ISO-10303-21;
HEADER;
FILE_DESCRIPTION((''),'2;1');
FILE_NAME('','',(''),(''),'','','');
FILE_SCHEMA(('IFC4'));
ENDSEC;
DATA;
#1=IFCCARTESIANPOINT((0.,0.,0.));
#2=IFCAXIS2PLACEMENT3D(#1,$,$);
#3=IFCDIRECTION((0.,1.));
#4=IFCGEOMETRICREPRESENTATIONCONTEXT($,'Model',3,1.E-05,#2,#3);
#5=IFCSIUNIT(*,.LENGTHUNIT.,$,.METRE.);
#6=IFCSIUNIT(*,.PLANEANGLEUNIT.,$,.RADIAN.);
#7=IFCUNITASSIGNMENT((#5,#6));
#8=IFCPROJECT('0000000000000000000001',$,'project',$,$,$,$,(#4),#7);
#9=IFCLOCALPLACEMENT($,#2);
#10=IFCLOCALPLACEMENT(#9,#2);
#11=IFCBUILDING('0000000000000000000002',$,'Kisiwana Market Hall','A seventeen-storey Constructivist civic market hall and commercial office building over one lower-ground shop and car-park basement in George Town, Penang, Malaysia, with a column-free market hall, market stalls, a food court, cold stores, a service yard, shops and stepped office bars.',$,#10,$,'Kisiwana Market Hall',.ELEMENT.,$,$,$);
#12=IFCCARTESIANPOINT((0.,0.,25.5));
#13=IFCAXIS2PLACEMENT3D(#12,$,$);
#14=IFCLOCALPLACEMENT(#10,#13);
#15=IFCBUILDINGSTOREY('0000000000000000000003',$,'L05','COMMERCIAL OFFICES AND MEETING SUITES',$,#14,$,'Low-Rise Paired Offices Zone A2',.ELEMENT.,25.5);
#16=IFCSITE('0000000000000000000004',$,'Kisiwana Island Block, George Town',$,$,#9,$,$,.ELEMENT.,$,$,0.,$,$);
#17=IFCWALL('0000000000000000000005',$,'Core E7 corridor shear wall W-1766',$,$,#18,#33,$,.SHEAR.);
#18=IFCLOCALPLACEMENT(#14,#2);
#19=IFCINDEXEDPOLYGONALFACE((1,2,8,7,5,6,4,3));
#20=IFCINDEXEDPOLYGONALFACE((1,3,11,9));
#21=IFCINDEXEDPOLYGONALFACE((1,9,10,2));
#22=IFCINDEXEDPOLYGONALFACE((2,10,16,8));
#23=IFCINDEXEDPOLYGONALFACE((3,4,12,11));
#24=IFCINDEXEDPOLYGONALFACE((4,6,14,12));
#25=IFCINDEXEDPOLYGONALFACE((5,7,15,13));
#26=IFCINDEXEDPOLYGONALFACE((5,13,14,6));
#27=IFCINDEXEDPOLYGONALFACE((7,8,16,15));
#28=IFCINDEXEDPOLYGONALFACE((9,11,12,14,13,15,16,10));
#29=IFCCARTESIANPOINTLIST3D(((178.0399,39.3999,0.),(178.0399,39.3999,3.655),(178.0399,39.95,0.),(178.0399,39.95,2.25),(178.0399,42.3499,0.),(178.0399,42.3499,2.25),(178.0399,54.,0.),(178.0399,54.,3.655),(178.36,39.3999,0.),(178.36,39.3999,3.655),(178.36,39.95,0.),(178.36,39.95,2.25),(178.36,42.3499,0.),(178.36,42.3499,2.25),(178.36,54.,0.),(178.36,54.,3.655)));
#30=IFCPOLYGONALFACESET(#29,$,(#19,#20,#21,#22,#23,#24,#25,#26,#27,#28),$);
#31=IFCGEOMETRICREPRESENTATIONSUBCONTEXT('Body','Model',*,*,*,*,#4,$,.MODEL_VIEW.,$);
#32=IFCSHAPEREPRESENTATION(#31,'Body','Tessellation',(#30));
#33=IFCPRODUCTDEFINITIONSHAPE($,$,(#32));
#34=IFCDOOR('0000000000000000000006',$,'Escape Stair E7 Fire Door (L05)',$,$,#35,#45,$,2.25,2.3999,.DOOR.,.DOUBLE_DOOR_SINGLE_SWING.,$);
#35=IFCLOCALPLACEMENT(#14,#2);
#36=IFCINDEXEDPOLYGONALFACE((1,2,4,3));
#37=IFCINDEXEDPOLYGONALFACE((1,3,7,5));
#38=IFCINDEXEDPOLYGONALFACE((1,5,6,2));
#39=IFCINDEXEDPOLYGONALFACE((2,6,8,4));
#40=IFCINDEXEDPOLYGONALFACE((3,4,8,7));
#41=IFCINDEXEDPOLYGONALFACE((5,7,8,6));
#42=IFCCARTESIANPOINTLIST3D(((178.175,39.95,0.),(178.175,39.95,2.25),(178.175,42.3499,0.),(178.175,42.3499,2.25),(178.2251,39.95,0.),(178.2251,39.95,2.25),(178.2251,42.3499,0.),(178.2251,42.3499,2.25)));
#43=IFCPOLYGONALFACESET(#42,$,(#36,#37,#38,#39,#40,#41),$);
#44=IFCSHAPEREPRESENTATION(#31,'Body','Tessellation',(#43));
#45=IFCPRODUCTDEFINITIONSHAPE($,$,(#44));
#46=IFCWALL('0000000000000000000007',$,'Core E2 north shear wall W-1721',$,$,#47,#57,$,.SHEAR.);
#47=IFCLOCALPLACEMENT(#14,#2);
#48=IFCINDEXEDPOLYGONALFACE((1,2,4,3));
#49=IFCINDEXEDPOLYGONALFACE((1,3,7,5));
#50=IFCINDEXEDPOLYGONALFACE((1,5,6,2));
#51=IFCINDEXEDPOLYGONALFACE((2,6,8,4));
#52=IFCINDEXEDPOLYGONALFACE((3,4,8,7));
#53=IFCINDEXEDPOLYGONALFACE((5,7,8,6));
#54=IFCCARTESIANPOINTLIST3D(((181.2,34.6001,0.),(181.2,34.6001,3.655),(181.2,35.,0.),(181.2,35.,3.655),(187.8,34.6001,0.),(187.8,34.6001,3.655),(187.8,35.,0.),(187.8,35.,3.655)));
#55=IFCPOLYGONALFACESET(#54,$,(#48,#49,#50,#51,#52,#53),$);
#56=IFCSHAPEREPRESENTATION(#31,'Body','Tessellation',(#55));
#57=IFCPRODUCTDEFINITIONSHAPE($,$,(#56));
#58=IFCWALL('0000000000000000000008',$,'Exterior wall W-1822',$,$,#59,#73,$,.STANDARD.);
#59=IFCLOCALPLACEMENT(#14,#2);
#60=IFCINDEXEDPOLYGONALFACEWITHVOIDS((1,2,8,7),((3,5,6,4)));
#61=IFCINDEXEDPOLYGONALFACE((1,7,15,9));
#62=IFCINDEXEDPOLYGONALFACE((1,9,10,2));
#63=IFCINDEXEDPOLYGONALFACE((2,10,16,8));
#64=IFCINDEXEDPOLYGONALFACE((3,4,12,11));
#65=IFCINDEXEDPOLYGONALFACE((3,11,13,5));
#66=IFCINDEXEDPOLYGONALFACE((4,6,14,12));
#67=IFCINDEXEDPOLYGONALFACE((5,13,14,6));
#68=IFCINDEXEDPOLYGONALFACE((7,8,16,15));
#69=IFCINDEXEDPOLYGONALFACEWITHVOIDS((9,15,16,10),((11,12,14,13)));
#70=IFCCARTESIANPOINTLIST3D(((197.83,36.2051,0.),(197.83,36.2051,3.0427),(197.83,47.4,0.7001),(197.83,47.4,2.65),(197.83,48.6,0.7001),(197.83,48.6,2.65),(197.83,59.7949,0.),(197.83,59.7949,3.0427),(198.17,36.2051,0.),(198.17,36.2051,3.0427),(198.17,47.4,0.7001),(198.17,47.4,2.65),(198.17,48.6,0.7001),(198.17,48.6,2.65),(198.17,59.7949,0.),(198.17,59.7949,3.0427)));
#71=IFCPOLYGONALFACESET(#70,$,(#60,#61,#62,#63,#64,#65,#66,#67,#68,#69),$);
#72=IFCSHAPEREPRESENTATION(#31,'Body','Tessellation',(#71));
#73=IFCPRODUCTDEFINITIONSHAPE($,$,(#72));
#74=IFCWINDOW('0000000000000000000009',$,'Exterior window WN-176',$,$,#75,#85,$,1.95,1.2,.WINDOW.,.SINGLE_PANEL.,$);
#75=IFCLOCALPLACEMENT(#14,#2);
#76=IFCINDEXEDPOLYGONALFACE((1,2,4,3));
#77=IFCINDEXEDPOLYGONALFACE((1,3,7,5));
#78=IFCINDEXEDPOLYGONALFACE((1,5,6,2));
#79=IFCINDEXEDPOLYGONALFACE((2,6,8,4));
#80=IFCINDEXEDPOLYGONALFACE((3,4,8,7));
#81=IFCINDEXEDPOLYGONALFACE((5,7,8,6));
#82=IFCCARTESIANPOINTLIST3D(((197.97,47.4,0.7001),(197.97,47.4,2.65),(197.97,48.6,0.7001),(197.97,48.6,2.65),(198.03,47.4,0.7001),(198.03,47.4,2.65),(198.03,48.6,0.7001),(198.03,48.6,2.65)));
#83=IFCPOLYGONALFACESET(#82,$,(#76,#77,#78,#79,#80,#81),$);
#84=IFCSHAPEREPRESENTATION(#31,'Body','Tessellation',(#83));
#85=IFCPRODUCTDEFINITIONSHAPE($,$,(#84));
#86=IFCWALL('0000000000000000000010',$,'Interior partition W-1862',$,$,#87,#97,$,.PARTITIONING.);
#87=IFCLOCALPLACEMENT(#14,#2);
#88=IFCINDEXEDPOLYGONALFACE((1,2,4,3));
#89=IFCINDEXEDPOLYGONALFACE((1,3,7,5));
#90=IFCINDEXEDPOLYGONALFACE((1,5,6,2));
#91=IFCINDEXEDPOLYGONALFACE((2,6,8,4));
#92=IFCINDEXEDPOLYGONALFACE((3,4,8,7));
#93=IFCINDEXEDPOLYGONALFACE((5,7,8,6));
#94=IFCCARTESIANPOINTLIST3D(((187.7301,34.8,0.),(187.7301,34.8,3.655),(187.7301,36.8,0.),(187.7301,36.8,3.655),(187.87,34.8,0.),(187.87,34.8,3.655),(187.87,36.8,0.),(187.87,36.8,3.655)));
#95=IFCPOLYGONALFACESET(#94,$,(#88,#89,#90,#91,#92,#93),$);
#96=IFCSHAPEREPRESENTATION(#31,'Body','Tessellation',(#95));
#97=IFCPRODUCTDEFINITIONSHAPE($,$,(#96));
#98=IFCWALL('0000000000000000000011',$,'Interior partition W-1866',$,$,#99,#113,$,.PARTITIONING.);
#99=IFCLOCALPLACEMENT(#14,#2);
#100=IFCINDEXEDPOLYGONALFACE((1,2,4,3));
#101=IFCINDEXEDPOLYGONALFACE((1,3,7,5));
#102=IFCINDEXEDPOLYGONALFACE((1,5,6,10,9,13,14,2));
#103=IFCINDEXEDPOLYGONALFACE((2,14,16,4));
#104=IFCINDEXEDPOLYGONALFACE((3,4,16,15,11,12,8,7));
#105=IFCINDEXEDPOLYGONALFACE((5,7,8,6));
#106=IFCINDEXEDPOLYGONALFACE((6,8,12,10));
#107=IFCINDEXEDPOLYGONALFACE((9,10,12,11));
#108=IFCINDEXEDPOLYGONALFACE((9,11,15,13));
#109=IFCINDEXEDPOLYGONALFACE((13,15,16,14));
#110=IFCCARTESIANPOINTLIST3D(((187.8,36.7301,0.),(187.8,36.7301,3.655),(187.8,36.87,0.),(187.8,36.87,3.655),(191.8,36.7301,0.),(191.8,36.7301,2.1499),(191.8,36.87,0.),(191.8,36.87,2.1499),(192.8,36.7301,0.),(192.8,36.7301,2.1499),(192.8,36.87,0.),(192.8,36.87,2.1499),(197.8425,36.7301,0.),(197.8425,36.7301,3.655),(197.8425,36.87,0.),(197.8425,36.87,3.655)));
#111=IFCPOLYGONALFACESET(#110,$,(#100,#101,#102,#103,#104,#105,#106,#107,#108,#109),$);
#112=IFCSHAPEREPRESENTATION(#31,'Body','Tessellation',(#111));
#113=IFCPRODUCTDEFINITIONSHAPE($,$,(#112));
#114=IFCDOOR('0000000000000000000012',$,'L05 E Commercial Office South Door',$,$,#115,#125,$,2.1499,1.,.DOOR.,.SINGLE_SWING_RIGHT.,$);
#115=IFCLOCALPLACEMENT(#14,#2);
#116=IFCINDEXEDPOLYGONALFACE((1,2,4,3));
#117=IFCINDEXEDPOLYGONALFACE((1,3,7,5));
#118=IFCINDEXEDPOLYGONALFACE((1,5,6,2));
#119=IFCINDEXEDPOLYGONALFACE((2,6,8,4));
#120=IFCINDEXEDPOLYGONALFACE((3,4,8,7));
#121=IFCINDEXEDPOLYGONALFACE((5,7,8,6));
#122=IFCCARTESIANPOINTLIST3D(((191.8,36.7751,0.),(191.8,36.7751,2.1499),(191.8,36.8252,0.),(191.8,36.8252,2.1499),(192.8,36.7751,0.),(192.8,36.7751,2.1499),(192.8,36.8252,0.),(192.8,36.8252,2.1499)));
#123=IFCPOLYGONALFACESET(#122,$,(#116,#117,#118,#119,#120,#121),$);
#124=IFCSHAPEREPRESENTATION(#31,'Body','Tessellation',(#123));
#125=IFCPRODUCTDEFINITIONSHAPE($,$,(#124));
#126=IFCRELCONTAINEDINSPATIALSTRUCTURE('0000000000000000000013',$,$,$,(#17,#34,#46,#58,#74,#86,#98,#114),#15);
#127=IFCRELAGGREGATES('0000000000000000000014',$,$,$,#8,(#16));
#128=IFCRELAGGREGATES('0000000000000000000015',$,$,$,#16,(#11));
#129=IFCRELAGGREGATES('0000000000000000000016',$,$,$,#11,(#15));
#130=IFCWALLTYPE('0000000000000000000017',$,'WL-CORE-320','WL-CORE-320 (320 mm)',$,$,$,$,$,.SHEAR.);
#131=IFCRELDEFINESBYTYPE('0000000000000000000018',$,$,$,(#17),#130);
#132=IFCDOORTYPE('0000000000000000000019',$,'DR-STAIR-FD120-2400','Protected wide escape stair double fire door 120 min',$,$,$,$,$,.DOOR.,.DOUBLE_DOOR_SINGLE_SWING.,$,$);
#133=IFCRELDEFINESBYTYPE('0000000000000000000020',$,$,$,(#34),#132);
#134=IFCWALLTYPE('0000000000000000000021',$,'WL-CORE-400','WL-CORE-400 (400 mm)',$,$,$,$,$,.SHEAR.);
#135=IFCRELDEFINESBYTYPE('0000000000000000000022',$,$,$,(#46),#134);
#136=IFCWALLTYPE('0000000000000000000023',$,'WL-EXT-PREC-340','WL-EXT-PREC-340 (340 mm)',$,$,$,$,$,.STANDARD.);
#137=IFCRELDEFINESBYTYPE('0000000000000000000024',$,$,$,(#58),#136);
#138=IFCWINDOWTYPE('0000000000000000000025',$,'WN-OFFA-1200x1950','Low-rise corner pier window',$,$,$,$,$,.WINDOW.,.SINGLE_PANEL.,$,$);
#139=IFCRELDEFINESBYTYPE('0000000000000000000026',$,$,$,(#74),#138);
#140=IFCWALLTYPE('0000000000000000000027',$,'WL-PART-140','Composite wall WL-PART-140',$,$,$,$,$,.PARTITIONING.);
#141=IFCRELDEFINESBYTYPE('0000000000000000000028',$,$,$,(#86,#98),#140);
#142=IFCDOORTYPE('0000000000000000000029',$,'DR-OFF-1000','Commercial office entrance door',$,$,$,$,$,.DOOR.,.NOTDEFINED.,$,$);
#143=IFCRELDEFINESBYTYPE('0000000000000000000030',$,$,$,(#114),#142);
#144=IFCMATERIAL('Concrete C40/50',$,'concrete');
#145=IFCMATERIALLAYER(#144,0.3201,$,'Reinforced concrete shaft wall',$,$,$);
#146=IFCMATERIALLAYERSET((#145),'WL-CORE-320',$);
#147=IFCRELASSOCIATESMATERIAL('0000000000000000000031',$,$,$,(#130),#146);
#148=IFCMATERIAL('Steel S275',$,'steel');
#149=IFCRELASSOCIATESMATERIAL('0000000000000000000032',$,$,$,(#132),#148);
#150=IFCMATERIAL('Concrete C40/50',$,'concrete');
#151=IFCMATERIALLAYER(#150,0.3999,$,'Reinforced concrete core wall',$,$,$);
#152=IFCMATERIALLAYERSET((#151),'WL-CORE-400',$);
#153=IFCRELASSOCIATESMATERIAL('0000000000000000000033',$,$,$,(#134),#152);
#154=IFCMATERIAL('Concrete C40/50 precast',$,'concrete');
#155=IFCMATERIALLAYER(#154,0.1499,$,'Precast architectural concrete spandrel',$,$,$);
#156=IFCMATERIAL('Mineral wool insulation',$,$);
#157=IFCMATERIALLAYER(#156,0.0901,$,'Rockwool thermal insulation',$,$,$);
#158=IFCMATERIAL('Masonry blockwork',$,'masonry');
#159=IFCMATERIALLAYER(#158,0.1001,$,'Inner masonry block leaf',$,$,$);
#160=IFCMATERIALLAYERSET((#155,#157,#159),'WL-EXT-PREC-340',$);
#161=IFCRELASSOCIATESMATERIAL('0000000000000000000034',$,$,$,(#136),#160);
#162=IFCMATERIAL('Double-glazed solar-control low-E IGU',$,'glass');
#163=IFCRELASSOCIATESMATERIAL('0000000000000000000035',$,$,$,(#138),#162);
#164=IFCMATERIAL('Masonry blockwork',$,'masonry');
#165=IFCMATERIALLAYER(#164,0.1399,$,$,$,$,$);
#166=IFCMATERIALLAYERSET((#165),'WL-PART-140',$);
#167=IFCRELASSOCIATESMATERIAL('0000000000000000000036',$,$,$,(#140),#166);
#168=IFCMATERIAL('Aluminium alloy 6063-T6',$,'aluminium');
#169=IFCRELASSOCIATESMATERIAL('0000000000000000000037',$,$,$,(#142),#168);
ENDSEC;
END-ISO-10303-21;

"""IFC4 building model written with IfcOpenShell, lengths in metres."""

from ifc_helpers import new_model, si_unit, direction, frame, frame_2d, origin, place, context, subcontext, project, spatial, rectangle, extrude, material, layer, layer_set, type_object, element, fill, save


model = new_model("IFC4")

# Units and contexts
model_context = context("Model", 3, precision=1e-05, world=origin(), true_north=direction((0.0, 1.0)))
body_context = subcontext(model_context, "Body", "Model", "MODEL_VIEW")
ifc_project = project(units=[si_unit("LENGTHUNIT", "METRE"), si_unit("PLANEANGLEUNIT", "RADIAN")], contexts=[model_context])

# Site, building, storey
site_placement = place(None, origin())
site = spatial("IfcSite", under=ifc_project, at=site_placement, Name="Kisiwana Island Block, George Town", CompositionType="ELEMENT", RefElevation=0.0)
building_placement = place(site_placement, origin())
building = spatial("IfcBuilding", under=site, at=building_placement, Name="Kisiwana Market Hall", Description="A seventeen-storey Constructivist civic market hall and commercial office building over one lower-ground shop and car-park basement in George Town, Penang, Malaysia, with a column-free market hall, market stalls, a food court, cold stores, a service yard, shops and stepped office bars.", LongName="Kisiwana Market Hall", CompositionType="ELEMENT")
storey_placement = place(building_placement, frame((0.0, 0.0, 25.5)))
storey = spatial("IfcBuildingStorey", under=building, at=storey_placement, Name="L05", Description="COMMERCIAL OFFICES AND MEETING SUITES", LongName="Low-Rise Paired Offices Zone A2", CompositionType="ELEMENT", Elevation=25.5)

# Shared definitions
ifc_material_1 = material(Name="Concrete C40/50", Category="concrete")
ifc_layer_1 = layer(ifc_material_1, 0.3201, Name="Reinforced concrete shaft wall")
ifc_layer_set_1 = layer_set([ifc_layer_1], Name="WL-CORE-320")
wall_type_1 = type_object("IfcWallType", Name="WL-CORE-320", Description="WL-CORE-320 (320 mm)", PredefinedType="SHEAR", material=ifc_layer_set_1)

# Shared definitions
ifc_material_2 = material(Name="Steel S275", Category="steel")
door_type_1 = type_object("IfcDoorType", Name="DR-STAIR-FD120-2400", Description="Protected wide escape stair double fire door 120 min", OperationType="DOUBLE_DOOR_SINGLE_SWING", PredefinedType="DOOR", material=ifc_material_2)

# Wall, opening, door
wall_1_placement = place(storey_placement, frame((178.2, 39.3999, 0.0), z_axis=(0.0, 0.0, 1.0), x_axis=(0.0, 1.0, 0.0)))
wall_1 = element("IfcWall", 1, at=wall_1_placement, inside=storey, type_object=wall_type_1, Name="Core E7 corridor shear wall W-1766", PredefinedType="SHEAR", context=body_context, shape_type="SweptSolid", body=[
    extrude(rectangle(XDim=14.6001, YDim=0.3201, at=frame_2d((7.3, 0.0))), origin(), (0.0, 0.0, 1.0), 3.655),
])
opening_1_placement = place(wall_1_placement, frame((0.55, 0.0, 0.0)))
opening_1 = element("IfcOpeningElement", 2, at=opening_1_placement, cuts=wall_1, PredefinedType="OPENING", context=body_context, shape_type="SweptSolid", body=[
    extrude(rectangle(XDim=2.3999, YDim=2.25, at=frame_2d((1.2, 1.125))), frame((0.0, 0.1719, 0.0), z_axis=(0.0, -1.0, 0.0), x_axis=(1.0, 0.0, 0.0)), (0.0, 0.0, 1.0), 0.344),
])
door_1_placement = place(opening_1_placement, origin())
door_1 = element("IfcDoor", 3, at=door_1_placement, inside=storey, type_object=door_type_1, Name="Escape Stair E7 Fire Door (L05)", OperationType="DOUBLE_DOOR_SINGLE_SWING", OverallHeight=2.25, OverallWidth=2.3999, PredefinedType="DOOR", context=body_context, shape_type="SweptSolid", body=[
    extrude(rectangle(XDim=2.3999, YDim=2.25, at=frame_2d((1.2, 1.125))), frame((0.0, 0.0249, 0.0), z_axis=(0.0, -1.0, 0.0), x_axis=(1.0, 0.0, 0.0)), (0.0, 0.0, 1.0), 0.05),
])
fill(opening_1, door_1)

# Wall
ifc_material_3 = material(Name="Concrete C40/50", Category="concrete")
ifc_layer_2 = layer(ifc_material_3, 0.3999, Name="Reinforced concrete core wall")
ifc_layer_set_2 = layer_set([ifc_layer_2], Name="WL-CORE-400")
wall_type_2 = type_object("IfcWallType", Name="WL-CORE-400", Description="WL-CORE-400 (400 mm)", PredefinedType="SHEAR", material=ifc_layer_set_2)
wall_2_placement = place(storey_placement, frame((181.2, 34.8, 0.0), z_axis=(0.0, 0.0, 1.0), x_axis=(1.0, 0.0, 0.0)))
element("IfcWall", 4, at=wall_2_placement, inside=storey, type_object=wall_type_2, Name="Core E2 north shear wall W-1721", PredefinedType="SHEAR", context=body_context, shape_type="SweptSolid", body=[
    extrude(rectangle(XDim=6.6001, YDim=0.3999, at=frame_2d((3.3, 0.0))), origin(), (0.0, 0.0, 1.0), 3.655),
])

# Wall, opening, window
ifc_material_4 = material(Name="Concrete C40/50 precast", Category="concrete")
ifc_layer_3 = layer(ifc_material_4, 0.1499, Name="Precast architectural concrete spandrel")
ifc_material_5 = material(Name="Mineral wool insulation")
ifc_layer_4 = layer(ifc_material_5, 0.0901, Name="Rockwool thermal insulation")
ifc_material_6 = material(Name="Masonry blockwork", Category="masonry")
ifc_layer_5 = layer(ifc_material_6, 0.1001, Name="Inner masonry block leaf")
ifc_layer_set_3 = layer_set([ifc_layer_3, ifc_layer_4, ifc_layer_5], Name="WL-EXT-PREC-340")
wall_type_3 = type_object("IfcWallType", Name="WL-EXT-PREC-340", Description="WL-EXT-PREC-340 (340 mm)", PredefinedType="STANDARD", material=ifc_layer_set_3)
wall_3_placement = place(storey_placement, frame((198.0, 36.2051, 0.0), z_axis=(0.0, 0.0, 1.0), x_axis=(0.0, 1.0, 0.0)))
wall_3 = element("IfcWall", 5, at=wall_3_placement, inside=storey, type_object=wall_type_3, Name="Exterior wall W-1822", PredefinedType="STANDARD", context=body_context, shape_type="SweptSolid", body=[
    extrude(rectangle(XDim=23.5898, YDim=0.3401, at=frame_2d((11.7949, 0.0))), origin(), (0.0, 0.0, 1.0), 3.0427),
])
opening_2_placement = place(wall_3_placement, frame((11.1948, 0.0, 0.7)))
opening_2 = element("IfcOpeningElement", 6, at=opening_2_placement, cuts=wall_3, PredefinedType="OPENING", context=body_context, shape_type="SweptSolid", body=[
    extrude(rectangle(XDim=1.2, YDim=1.95, at=frame_2d((0.6001, 0.9751))), frame((0.0, 0.1821, 0.0), z_axis=(0.0, -1.0, 0.0), x_axis=(1.0, 0.0, 0.0)), (0.0, 0.0, 1.0), 0.364),
])
ifc_material_7 = material(Name="Double-glazed solar-control low-E IGU", Category="glass")
window_type = type_object("IfcWindowType", Name="WN-OFFA-1200x1950", Description="Low-rise corner pier window", PartitioningType="SINGLE_PANEL", PredefinedType="WINDOW", material=ifc_material_7)
window_placement = place(opening_2_placement, origin())
window = element("IfcWindow", 7, at=window_placement, inside=storey, type_object=window_type, Name="Exterior window WN-176", OverallHeight=1.95, OverallWidth=1.2, PartitioningType="SINGLE_PANEL", PredefinedType="WINDOW", context=body_context, shape_type="SweptSolid", body=[
    extrude(rectangle(XDim=1.2, YDim=1.95, at=frame_2d((0.6001, 0.9751))), frame((0.0, 0.03, 0.0), z_axis=(0.0, -1.0, 0.0), x_axis=(1.0, 0.0, 0.0)), (0.0, 0.0, 1.0), 0.0601),
])
fill(opening_2, window)

# Wall
ifc_material_8 = material(Name="Masonry blockwork", Category="masonry")
ifc_layer_6 = layer(ifc_material_8, 0.1399)
ifc_layer_set_4 = layer_set([ifc_layer_6], Name="WL-PART-140")
wall_type_4 = type_object("IfcWallType", Name="WL-PART-140", Description="Composite wall WL-PART-140", PredefinedType="PARTITIONING", material=ifc_layer_set_4)
wall_4_placement = place(storey_placement, frame((187.8, 34.8, 0.0), z_axis=(0.0, 0.0, 1.0), x_axis=(0.0, 1.0, 0.0)))
element("IfcWall", 8, at=wall_4_placement, inside=storey, type_object=wall_type_4, Name="Interior partition W-1862", PredefinedType="PARTITIONING", context=body_context, shape_type="SweptSolid", body=[
    extrude(rectangle(XDim=2.0, YDim=0.1399, at=frame_2d((1.0, 0.0))), origin(), (0.0, 0.0, 1.0), 3.655),
])

# Wall, opening, door
wall_5_placement = place(storey_placement, frame((187.8, 36.8, 0.0), z_axis=(0.0, 0.0, 1.0), x_axis=(1.0, 0.0, 0.0)))
wall_5 = element("IfcWall", 9, at=wall_5_placement, inside=storey, type_object=wall_type_4, Name="Interior partition W-1866", PredefinedType="PARTITIONING", context=body_context, shape_type="SweptSolid", body=[
    extrude(rectangle(XDim=10.0425, YDim=0.1399, at=frame_2d((5.0212, 0.0))), origin(), (0.0, 0.0, 1.0), 3.655),
])
opening_3_placement = place(wall_5_placement, frame((4.0, 0.0, 0.0)))
opening_3 = element("IfcOpeningElement", 10, at=opening_3_placement, cuts=wall_5, PredefinedType="OPENING", context=body_context, shape_type="SweptSolid", body=[
    extrude(rectangle(XDim=1.0, YDim=2.1499, at=frame_2d((0.5, 1.075))), frame((0.0, 0.082, 0.0), z_axis=(0.0, -1.0, 0.0), x_axis=(1.0, 0.0, 0.0)), (0.0, 0.0, 1.0), 0.1638),
])
ifc_material_9 = material(Name="Aluminium alloy 6063-T6", Category="aluminium")
door_type_2 = type_object("IfcDoorType", Name="DR-OFF-1000", Description="Commercial office entrance door", OperationType="NOTDEFINED", PredefinedType="DOOR", material=ifc_material_9)
door_2_placement = place(opening_3_placement, frame((1.0, 0.0, 0.0), z_axis=(0.0, 0.0, 1.0), x_axis=(-1.0, 0.0, 0.0)))
door_2 = element("IfcDoor", 11, at=door_2_placement, inside=storey, type_object=door_type_2, Name="L05 E Commercial Office South Door", OperationType="SINGLE_SWING_RIGHT", OverallHeight=2.1499, OverallWidth=1.0, PredefinedType="DOOR", context=body_context, shape_type="SweptSolid", body=[
    extrude(rectangle(XDim=1.0, YDim=2.1499, at=frame_2d((0.5, 1.075))), frame((0.0, 0.0249, 0.0), z_axis=(0.0, -1.0, 0.0), x_axis=(1.0, 0.0, 0.0)), (0.0, 0.0, 1.0), 0.05),
])
fill(opening_3, door_2)

save(model, "model.ifc")
